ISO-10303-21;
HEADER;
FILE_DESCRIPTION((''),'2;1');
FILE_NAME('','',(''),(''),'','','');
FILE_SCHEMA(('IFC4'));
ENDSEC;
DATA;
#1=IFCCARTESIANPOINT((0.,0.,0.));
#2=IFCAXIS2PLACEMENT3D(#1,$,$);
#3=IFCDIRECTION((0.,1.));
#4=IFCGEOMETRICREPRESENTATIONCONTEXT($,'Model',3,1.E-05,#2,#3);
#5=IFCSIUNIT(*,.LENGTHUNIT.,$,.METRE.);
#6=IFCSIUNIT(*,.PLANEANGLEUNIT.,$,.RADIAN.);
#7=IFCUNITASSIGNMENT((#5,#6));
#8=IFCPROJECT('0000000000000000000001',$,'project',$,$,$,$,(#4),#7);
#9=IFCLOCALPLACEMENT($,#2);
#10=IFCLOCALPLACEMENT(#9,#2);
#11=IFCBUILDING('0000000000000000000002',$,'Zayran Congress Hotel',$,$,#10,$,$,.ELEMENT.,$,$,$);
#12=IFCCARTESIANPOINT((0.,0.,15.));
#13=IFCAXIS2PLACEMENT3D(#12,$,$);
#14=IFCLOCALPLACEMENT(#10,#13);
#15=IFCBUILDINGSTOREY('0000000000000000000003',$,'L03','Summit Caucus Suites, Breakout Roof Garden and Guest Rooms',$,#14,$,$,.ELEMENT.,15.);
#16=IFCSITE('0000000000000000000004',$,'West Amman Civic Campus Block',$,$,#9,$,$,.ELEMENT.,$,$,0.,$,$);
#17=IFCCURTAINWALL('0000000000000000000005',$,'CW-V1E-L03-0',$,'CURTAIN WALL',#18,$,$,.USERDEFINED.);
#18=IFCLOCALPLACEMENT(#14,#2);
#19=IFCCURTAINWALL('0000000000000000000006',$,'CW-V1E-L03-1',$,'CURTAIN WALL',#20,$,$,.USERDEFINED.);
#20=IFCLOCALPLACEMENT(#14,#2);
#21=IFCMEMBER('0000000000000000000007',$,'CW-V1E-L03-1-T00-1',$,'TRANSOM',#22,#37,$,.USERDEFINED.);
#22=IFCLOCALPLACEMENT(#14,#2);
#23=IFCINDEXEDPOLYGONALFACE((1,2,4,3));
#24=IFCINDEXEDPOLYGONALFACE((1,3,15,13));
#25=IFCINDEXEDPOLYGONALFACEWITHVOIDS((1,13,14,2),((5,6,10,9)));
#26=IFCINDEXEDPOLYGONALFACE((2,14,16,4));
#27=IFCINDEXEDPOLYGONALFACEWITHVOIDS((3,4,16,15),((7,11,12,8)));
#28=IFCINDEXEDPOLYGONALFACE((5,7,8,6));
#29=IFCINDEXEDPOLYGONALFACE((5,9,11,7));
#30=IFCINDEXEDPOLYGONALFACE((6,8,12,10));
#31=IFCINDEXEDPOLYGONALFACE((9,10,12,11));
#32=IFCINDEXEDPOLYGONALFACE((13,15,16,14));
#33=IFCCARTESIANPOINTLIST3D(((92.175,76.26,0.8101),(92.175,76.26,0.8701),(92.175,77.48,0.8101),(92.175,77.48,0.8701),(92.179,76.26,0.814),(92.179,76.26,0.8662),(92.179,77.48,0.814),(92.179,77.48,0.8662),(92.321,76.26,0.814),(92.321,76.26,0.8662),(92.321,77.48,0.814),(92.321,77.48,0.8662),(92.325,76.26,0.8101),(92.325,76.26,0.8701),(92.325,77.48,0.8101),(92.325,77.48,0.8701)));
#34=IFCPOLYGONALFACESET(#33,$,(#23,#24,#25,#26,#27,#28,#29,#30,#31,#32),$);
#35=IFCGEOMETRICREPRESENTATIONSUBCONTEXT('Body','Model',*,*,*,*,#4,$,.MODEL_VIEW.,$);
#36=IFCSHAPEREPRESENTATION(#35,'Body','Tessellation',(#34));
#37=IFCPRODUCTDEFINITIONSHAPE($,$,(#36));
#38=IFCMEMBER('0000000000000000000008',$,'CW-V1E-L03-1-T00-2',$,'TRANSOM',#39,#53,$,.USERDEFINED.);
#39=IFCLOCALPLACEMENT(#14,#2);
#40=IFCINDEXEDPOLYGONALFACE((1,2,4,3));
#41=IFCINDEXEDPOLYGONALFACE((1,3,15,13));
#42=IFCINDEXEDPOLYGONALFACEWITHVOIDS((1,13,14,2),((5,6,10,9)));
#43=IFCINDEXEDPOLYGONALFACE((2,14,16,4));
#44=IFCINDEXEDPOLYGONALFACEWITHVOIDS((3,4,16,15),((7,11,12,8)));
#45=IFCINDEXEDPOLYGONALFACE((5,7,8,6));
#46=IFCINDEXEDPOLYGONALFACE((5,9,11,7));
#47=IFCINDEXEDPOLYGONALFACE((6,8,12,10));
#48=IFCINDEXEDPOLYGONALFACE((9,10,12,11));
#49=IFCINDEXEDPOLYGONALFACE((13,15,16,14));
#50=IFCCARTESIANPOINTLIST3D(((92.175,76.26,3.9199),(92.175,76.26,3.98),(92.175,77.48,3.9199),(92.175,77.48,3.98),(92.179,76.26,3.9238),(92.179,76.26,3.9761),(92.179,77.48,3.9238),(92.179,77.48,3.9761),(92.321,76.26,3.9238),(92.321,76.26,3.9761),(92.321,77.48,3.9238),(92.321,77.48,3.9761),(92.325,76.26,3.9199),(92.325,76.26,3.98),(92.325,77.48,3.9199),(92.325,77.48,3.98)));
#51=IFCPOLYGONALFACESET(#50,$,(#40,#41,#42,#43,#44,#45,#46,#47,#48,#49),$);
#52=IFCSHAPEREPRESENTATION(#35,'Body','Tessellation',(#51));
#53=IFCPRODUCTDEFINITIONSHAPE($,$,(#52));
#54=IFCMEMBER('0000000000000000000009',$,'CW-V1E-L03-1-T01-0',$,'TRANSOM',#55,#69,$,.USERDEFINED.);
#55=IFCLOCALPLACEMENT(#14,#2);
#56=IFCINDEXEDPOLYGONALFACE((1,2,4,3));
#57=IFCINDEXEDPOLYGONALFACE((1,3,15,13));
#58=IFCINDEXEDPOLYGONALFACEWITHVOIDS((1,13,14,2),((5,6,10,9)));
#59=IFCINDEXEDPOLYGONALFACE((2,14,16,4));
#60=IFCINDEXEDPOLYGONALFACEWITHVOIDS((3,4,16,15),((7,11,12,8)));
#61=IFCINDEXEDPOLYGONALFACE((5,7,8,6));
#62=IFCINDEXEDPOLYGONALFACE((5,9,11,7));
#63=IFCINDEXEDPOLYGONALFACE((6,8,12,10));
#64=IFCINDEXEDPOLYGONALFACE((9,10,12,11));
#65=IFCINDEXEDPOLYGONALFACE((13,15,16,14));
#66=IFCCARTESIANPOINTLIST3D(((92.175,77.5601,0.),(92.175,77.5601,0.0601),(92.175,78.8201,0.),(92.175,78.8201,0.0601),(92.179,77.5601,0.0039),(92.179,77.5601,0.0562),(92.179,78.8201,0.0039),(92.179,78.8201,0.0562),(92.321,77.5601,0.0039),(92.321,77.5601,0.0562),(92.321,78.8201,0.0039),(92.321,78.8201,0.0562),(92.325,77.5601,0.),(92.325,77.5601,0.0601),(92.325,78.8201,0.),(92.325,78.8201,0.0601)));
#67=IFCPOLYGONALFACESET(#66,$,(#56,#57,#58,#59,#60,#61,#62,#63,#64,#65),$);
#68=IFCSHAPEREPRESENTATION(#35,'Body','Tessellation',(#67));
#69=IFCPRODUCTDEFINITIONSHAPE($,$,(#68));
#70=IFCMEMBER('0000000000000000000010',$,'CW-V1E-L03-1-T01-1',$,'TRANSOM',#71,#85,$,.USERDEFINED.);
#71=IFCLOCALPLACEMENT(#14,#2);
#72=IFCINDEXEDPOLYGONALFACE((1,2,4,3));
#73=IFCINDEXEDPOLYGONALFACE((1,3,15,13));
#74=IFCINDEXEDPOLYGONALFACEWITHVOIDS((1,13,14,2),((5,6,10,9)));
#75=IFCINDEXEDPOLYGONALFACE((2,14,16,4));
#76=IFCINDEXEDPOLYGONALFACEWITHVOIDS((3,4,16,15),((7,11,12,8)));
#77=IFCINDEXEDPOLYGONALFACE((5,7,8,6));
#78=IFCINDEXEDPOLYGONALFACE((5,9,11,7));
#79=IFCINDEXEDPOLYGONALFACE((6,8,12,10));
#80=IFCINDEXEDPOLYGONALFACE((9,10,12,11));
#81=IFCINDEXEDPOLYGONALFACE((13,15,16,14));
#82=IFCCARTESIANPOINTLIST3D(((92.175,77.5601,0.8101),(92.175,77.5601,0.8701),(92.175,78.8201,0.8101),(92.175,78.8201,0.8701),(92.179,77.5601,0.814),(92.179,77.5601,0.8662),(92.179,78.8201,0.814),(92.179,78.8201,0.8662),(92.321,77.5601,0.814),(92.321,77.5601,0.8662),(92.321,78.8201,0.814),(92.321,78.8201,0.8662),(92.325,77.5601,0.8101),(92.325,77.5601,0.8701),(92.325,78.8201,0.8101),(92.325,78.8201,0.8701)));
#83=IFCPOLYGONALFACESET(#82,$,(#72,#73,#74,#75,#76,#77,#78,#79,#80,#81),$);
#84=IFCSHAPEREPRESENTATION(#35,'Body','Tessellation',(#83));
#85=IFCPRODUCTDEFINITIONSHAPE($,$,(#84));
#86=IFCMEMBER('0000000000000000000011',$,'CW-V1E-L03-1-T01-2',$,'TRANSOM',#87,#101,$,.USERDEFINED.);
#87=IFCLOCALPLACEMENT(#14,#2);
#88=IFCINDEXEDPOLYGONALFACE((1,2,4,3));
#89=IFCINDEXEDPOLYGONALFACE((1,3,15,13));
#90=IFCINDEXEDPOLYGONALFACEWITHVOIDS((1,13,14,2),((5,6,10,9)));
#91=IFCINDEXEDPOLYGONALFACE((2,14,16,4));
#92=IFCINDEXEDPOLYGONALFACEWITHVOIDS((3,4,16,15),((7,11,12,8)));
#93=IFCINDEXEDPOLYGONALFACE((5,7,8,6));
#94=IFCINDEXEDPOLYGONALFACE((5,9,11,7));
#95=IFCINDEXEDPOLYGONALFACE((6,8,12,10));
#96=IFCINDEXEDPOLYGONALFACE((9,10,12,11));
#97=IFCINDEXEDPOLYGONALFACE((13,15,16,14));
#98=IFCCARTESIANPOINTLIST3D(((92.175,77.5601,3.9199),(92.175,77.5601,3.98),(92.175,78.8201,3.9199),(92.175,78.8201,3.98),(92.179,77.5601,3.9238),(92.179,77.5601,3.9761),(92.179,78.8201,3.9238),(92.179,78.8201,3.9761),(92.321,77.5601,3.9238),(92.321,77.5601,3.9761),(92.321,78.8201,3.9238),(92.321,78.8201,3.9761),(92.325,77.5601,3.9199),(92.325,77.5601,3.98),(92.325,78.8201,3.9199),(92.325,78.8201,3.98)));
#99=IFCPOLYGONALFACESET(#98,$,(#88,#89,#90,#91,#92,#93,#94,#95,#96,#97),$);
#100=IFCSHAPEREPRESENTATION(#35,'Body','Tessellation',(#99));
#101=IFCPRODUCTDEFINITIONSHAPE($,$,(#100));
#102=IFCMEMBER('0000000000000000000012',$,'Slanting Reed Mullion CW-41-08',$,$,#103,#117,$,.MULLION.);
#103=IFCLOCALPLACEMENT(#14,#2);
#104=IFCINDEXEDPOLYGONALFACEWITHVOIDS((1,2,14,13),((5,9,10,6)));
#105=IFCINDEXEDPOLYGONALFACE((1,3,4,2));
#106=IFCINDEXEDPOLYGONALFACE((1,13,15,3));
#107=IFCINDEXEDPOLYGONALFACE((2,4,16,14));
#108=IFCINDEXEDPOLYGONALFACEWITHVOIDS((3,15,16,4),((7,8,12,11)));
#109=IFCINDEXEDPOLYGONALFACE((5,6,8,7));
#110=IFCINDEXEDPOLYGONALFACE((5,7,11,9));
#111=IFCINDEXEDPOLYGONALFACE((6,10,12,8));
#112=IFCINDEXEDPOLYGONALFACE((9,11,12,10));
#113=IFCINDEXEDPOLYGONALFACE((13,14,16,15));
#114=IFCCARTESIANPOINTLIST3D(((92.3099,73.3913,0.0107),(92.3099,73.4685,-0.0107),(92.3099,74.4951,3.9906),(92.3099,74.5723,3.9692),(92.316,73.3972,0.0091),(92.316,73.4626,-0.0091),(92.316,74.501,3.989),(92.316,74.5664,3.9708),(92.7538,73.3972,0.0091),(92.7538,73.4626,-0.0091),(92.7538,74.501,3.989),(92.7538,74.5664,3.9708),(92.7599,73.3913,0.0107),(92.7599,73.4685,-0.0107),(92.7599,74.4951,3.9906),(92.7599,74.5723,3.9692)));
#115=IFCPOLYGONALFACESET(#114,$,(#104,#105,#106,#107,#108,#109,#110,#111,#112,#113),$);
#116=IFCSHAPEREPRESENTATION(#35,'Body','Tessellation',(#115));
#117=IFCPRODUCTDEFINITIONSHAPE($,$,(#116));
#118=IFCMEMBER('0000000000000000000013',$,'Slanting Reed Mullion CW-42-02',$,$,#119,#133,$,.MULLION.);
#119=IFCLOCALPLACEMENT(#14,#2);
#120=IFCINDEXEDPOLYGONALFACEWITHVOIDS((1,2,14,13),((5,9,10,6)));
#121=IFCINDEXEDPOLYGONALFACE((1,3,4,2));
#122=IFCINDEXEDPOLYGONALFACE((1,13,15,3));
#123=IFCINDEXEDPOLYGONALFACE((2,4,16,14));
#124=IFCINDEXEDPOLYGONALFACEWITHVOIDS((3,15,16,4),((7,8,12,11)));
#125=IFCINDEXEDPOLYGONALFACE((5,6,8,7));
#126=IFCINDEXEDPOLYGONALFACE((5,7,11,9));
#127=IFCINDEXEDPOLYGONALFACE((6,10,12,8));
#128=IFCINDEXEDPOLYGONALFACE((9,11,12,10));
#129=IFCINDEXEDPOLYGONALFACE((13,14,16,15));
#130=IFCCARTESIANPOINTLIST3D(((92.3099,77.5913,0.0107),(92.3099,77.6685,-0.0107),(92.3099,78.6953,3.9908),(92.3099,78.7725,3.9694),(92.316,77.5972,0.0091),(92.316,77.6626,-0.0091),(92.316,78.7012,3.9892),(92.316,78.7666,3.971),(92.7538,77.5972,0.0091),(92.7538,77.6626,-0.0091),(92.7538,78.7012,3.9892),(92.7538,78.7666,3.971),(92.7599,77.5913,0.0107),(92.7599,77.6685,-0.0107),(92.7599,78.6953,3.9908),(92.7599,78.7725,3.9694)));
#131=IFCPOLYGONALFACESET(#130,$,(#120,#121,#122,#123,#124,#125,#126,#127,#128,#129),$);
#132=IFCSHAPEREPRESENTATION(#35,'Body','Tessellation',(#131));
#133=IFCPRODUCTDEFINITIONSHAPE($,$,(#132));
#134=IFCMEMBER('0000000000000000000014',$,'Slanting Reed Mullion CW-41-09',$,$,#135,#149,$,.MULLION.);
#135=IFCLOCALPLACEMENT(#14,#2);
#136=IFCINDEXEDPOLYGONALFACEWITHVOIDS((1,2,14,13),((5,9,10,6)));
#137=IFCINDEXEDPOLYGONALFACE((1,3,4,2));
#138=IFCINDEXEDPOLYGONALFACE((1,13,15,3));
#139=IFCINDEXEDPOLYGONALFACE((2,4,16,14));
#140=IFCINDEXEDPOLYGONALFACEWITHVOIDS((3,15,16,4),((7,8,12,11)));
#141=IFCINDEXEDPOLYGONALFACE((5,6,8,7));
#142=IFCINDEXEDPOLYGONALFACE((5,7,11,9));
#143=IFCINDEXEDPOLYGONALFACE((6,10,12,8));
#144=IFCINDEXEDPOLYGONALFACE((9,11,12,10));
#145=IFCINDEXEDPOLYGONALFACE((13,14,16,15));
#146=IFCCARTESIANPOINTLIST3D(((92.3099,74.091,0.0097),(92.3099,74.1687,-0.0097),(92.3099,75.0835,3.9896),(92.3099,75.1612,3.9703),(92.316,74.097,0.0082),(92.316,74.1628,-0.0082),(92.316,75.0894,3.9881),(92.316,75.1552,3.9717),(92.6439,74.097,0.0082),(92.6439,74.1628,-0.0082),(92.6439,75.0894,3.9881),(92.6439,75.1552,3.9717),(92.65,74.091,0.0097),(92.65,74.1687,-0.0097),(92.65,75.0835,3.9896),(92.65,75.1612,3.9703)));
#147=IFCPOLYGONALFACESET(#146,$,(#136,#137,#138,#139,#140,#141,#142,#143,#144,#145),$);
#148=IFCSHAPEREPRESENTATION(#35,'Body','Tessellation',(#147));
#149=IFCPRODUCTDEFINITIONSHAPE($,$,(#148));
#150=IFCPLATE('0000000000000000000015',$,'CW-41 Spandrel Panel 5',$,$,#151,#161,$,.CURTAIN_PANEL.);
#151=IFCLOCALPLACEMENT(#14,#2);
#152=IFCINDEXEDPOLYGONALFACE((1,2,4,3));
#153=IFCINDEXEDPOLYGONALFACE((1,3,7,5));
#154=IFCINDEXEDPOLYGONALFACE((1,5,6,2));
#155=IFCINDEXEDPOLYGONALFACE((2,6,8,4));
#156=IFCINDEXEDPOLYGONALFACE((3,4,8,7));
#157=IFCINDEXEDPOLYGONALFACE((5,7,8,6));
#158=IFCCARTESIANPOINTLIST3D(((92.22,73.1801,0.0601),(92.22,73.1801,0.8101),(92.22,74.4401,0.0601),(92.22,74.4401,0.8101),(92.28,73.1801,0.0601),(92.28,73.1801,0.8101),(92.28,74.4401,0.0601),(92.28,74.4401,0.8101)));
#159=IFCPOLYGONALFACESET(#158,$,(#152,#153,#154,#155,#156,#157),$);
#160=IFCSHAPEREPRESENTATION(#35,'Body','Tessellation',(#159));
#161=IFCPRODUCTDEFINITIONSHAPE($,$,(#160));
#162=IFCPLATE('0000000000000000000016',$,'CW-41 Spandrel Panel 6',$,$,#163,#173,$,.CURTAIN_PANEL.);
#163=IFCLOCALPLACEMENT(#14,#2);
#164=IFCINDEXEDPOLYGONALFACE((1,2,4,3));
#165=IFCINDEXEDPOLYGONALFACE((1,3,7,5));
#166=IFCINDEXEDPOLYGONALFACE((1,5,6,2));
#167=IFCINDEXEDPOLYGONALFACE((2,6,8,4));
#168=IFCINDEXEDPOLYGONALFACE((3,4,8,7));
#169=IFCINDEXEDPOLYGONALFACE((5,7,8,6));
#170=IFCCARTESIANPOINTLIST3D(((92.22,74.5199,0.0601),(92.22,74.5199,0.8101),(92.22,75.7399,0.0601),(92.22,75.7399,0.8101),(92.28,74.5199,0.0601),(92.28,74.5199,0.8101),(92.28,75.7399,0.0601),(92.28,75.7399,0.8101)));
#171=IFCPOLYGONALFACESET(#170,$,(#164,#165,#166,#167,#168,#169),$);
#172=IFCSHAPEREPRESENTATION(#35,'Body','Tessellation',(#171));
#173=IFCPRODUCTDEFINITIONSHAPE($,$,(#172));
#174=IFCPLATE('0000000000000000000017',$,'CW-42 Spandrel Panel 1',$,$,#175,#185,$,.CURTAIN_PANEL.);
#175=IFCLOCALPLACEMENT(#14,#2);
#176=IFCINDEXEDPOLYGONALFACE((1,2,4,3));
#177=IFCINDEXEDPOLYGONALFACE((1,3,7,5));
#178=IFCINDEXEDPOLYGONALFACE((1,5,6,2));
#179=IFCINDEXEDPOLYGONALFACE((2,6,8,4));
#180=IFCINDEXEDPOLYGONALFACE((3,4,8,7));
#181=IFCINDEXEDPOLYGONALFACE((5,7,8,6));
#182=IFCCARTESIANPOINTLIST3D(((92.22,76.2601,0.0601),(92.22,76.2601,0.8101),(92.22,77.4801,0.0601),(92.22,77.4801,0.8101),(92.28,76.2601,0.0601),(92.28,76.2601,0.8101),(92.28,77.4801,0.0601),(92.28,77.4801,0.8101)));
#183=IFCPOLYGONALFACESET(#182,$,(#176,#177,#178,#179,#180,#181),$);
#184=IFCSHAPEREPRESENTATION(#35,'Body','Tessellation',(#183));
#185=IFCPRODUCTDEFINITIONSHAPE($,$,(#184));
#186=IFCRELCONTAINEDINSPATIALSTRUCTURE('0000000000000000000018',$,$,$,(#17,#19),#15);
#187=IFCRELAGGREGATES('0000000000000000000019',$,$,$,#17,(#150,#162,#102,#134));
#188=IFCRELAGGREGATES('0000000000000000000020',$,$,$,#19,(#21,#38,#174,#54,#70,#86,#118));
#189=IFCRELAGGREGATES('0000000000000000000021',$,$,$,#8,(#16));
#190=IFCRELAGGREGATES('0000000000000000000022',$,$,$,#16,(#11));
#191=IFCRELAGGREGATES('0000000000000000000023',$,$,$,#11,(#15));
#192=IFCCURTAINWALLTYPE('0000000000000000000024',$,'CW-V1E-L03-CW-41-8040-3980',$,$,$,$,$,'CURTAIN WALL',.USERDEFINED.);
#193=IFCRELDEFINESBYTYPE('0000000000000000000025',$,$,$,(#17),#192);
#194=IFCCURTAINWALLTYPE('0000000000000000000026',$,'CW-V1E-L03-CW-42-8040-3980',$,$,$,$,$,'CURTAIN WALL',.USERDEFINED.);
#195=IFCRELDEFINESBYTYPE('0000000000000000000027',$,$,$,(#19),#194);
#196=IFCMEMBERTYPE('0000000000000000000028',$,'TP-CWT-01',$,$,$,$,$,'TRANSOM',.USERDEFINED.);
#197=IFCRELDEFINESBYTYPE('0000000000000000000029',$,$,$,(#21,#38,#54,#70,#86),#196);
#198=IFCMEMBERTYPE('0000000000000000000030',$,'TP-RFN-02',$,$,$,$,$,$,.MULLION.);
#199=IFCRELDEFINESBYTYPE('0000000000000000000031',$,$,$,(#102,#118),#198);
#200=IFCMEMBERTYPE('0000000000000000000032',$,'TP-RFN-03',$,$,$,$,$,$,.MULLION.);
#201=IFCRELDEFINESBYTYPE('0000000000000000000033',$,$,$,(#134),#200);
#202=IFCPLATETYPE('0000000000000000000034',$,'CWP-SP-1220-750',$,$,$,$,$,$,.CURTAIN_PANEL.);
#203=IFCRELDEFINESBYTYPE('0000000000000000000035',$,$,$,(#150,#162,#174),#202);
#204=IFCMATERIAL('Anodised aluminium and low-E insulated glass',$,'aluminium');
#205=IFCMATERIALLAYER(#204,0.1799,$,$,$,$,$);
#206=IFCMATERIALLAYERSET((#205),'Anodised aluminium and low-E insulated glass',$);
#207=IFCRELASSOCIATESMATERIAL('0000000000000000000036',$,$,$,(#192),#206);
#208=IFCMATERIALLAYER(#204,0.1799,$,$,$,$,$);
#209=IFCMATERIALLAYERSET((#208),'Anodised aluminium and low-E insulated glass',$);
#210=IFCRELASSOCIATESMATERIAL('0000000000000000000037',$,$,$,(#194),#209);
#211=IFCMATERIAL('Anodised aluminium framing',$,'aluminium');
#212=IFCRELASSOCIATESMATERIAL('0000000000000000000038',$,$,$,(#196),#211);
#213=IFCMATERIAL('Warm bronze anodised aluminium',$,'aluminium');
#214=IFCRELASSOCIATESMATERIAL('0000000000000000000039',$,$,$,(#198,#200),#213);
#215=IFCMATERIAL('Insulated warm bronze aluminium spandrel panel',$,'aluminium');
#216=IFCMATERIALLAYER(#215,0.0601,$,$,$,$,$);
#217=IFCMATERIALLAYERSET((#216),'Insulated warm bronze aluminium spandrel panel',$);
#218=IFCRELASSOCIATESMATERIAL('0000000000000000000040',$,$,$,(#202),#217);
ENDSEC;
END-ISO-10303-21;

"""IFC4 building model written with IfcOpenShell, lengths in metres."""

from ifc_helpers import new_model, si_unit, direction, frame, origin, origin_2d, place, context, subcontext, project, spatial, rectangle, hollow_rectangle, extrude, material, layer, layer_set, material_profile, profile_set, type_object, element, aggregate, save


model = new_model("IFC4")

# Units and contexts
model_context = context("Model", 3, precision=1e-05, world=origin(), true_north=direction((0.0, 1.0)))
body_context = subcontext(model_context, "Body", "Model", "MODEL_VIEW")
ifc_project = project(units=[si_unit("LENGTHUNIT", "METRE"), si_unit("PLANEANGLEUNIT", "RADIAN")], contexts=[model_context])

# Site, building, storey
site_placement = place(None, origin())
site = spatial("IfcSite", under=ifc_project, at=site_placement, Name="West Amman Civic Campus Block", CompositionType="ELEMENT", RefElevation=0.0)
building_placement = place(site_placement, origin())
building = spatial("IfcBuilding", under=site, at=building_placement, Name="Zayran Congress Hotel", CompositionType="ELEMENT")
storey_placement = place(building_placement, frame((0.0, 0.0, 15.0)))
storey = spatial("IfcBuildingStorey", under=building, at=storey_placement, Name="L03", Description="Summit Caucus Suites, Breakout Roof Garden and Guest Rooms", CompositionType="ELEMENT", Elevation=15.0)

# Curtain walls
ifc_material_1 = material(Name="Anodised aluminium and low-E insulated glass", Category="aluminium")
ifc_layer_1 = layer(ifc_material_1, 0.1799)
ifc_layer_set_1 = layer_set([ifc_layer_1], Name="Anodised aluminium and low-E insulated glass")
curtain_wall_type_1 = type_object("IfcCurtainWallType", Name="CW-V1E-L03-CW-41-8040-3980", ElementType="CURTAIN WALL", PredefinedType="USERDEFINED", material=ifc_layer_set_1)
curtain_wall_1_placement = place(storey_placement, origin())
curtain_wall_1 = element("IfcCurtainWall", 1, at=curtain_wall_1_placement, inside=storey, type_object=curtain_wall_type_1, Name="CW-V1E-L03-0", ObjectType="CURTAIN WALL", PredefinedType="USERDEFINED")
ifc_material_2 = material(Name="Anodised aluminium framing", Category="aluminium")
ifc_layer_2 = layer(ifc_material_1, 0.1799)
ifc_layer_set_2 = layer_set([ifc_layer_2], Name="Anodised aluminium and low-E insulated glass")
curtain_wall_type_2 = type_object("IfcCurtainWallType", Name="CW-V1E-L03-CW-42-8040-3980", ElementType="CURTAIN WALL", PredefinedType="USERDEFINED", material=ifc_layer_set_2)
curtain_wall_2_placement = place(storey_placement, origin())
curtain_wall_2 = element("IfcCurtainWall", 2, at=curtain_wall_2_placement, inside=storey, type_object=curtain_wall_type_2, Name="CW-V1E-L03-1", ObjectType="CURTAIN WALL", PredefinedType="USERDEFINED")

# Members
ifc_material_profile_1 = material_profile(ifc_material_2, hollow_rectangle(XDim=0.0601, YDim=0.1499, WallThickness=0.0039, at=origin_2d()), Name="RHS 150x60x4")
ifc_profile_set_1 = profile_set([ifc_material_profile_1], Name="Anodised aluminium framing")
member_type_1 = type_object("IfcMemberType", Name="TP-CWT-01", ElementType="TRANSOM", PredefinedType="USERDEFINED", material=ifc_profile_set_1)
member_1_placement = place(storey_placement, frame((92.25, 76.26, 0.8401), z_axis=(0.0, 1.0, 0.0), x_axis=(0.0, 0.0, 1.0)))
member_1 = element("IfcMember", 3, at=member_1_placement, type_object=member_type_1, Name="CW-V1E-L03-1-T00-1", ObjectType="TRANSOM", PredefinedType="USERDEFINED", context=body_context, shape_type="SweptSolid", body=[
    extrude(hollow_rectangle(XDim=0.0601, YDim=0.1499, WallThickness=0.0039, at=origin_2d()), origin(), (0.0, 0.0, 1.0), 1.22),
])
member_2_placement = place(storey_placement, frame((92.25, 76.26, 3.95), z_axis=(0.0, 1.0, 0.0), x_axis=(0.0, 0.0, 1.0)))
member_2 = element("IfcMember", 4, at=member_2_placement, type_object=member_type_1, Name="CW-V1E-L03-1-T00-2", ObjectType="TRANSOM", PredefinedType="USERDEFINED", context=body_context, shape_type="SweptSolid", body=[
    extrude(hollow_rectangle(XDim=0.0601, YDim=0.1499, WallThickness=0.0039, at=origin_2d()), origin(), (0.0, 0.0, 1.0), 1.22),
])
member_3_placement = place(storey_placement, frame((92.25, 77.5601, 0.03), z_axis=(0.0, 1.0, 0.0), x_axis=(0.0, 0.0, 1.0)))
member_3 = element("IfcMember", 5, at=member_3_placement, type_object=member_type_1, Name="CW-V1E-L03-1-T01-0", ObjectType="TRANSOM", PredefinedType="USERDEFINED", context=body_context, shape_type="SweptSolid", body=[
    extrude(hollow_rectangle(XDim=0.0601, YDim=0.1499, WallThickness=0.0039, at=origin_2d()), origin(), (0.0, 0.0, 1.0), 1.26),
])
member_4_placement = place(storey_placement, frame((92.25, 77.5601, 0.8401), z_axis=(0.0, 1.0, 0.0), x_axis=(0.0, 0.0, 1.0)))
member_4 = element("IfcMember", 6, at=member_4_placement, type_object=member_type_1, Name="CW-V1E-L03-1-T01-1", ObjectType="TRANSOM", PredefinedType="USERDEFINED", context=body_context, shape_type="SweptSolid", body=[
    extrude(hollow_rectangle(XDim=0.0601, YDim=0.1499, WallThickness=0.0039, at=origin_2d()), origin(), (0.0, 0.0, 1.0), 1.26),
])
member_5_placement = place(storey_placement, frame((92.25, 77.5601, 3.95), z_axis=(0.0, 1.0, 0.0), x_axis=(0.0, 0.0, 1.0)))
member_5 = element("IfcMember", 7, at=member_5_placement, type_object=member_type_1, Name="CW-V1E-L03-1-T01-2", ObjectType="TRANSOM", PredefinedType="USERDEFINED", context=body_context, shape_type="SweptSolid", body=[
    extrude(hollow_rectangle(XDim=0.0601, YDim=0.1499, WallThickness=0.0039, at=origin_2d()), origin(), (0.0, 0.0, 1.0), 1.26),
])
ifc_material_3 = material(Name="Warm bronze anodised aluminium", Category="aluminium")
ifc_material_profile_2 = material_profile(ifc_material_3, hollow_rectangle(XDim=0.0801, YDim=0.45, WallThickness=0.0061, at=origin_2d()), Name="RHS 450x80x6")
ifc_profile_set_2 = profile_set([ifc_material_profile_2], Name="Warm bronze anodised aluminium")
member_type_2 = type_object("IfcMemberType", Name="TP-RFN-02", PredefinedType="MULLION", material=ifc_profile_set_2)
member_6_placement = place(storey_placement, frame((92.5349, 73.4299, 0.0), z_axis=(0.0, 0.267241, 0.96363), x_axis=(0.0, -0.96363, 0.267241)))
member_6 = element("IfcMember", 8, at=member_6_placement, type_object=member_type_2, Name="Slanting Reed Mullion CW-41-08", PredefinedType="MULLION", context=body_context, shape_type="SweptSolid", body=[
    extrude(hollow_rectangle(XDim=0.0801, YDim=0.45, WallThickness=0.0061, at=origin_2d()), origin(), (0.0, 0.0, 1.0), 4.1301),
])
member_7_placement = place(storey_placement, frame((92.5349, 77.6299, 0.0), z_axis=(0.0, 0.267296, 0.963614), x_axis=(0.0, -0.963614, 0.267296)))
member_7 = element("IfcMember", 9, at=member_7_placement, type_object=member_type_2, Name="Slanting Reed Mullion CW-42-02", PredefinedType="MULLION", context=body_context, shape_type="SweptSolid", body=[
    extrude(hollow_rectangle(XDim=0.0801, YDim=0.45, WallThickness=0.0061, at=origin_2d()), origin(), (0.0, 0.0, 1.0), 4.1304),
])
ifc_material_profile_3 = material_profile(ifc_material_3, hollow_rectangle(XDim=0.0801, YDim=0.3401, WallThickness=0.0061, at=origin_2d()), Name="RHS 340x80x6")
ifc_profile_set_3 = profile_set([ifc_material_profile_3], Name="Warm bronze anodised aluminium")
member_type_3 = type_object("IfcMemberType", Name="TP-RFN-03", PredefinedType="MULLION", material=ifc_profile_set_3)
member_8_placement = place(storey_placement, frame((92.48, 74.1299, 0.0), z_axis=(0.0, 0.241947, 0.970289), x_axis=(0.0, -0.970289, 0.241947)))
member_8 = element("IfcMember", 10, at=member_8_placement, type_object=member_type_3, Name="Slanting Reed Mullion CW-41-09", PredefinedType="MULLION", context=body_context, shape_type="SweptSolid", body=[
    extrude(hollow_rectangle(XDim=0.0801, YDim=0.3401, WallThickness=0.0061, at=origin_2d()), origin(), (0.0, 0.0, 1.0), 4.1018),
])

# Plates
ifc_material_4 = material(Name="Insulated warm bronze aluminium spandrel panel", Category="aluminium")
ifc_layer_3 = layer(ifc_material_4, 0.0601)
ifc_layer_set_3 = layer_set([ifc_layer_3], Name="Insulated warm bronze aluminium spandrel panel")
plate_type_1 = type_object("IfcPlateType", Name="CWP-SP-1220-750", PredefinedType="CURTAIN_PANEL", material=ifc_layer_set_3)
plate_1_placement = place(storey_placement, frame((92.25, 73.8101, 0.0601), z_axis=(0.0, 0.0, 1.0), x_axis=(0.0, 1.0, 0.0)))
plate_1 = element("IfcPlate", 11, at=plate_1_placement, type_object=plate_type_1, Name="CW-41 Spandrel Panel 5", PredefinedType="CURTAIN_PANEL", context=body_context, shape_type="SweptSolid", body=[
    extrude(rectangle(XDim=1.26, YDim=0.0601, at=origin_2d()), origin(), (0.0, 0.0, 1.0), 0.75),
])
plate_2_placement = place(storey_placement, frame((92.25, 75.1299, 0.0601), z_axis=(0.0, 0.0, 1.0), x_axis=(0.0, 1.0, 0.0)))
plate_2 = element("IfcPlate", 12, at=plate_2_placement, type_object=plate_type_1, Name="CW-41 Spandrel Panel 6", PredefinedType="CURTAIN_PANEL", context=body_context, shape_type="SweptSolid", body=[
    extrude(rectangle(XDim=1.22, YDim=0.0601, at=origin_2d()), origin(), (0.0, 0.0, 1.0), 0.75),
])
plate_3_placement = place(storey_placement, frame((92.25, 76.8701, 0.0601), z_axis=(0.0, 0.0, 1.0), x_axis=(0.0, 1.0, 0.0)))
plate_3 = element("IfcPlate", 13, at=plate_3_placement, type_object=plate_type_1, Name="CW-42 Spandrel Panel 1", PredefinedType="CURTAIN_PANEL", context=body_context, shape_type="SweptSolid", body=[
    extrude(rectangle(XDim=1.22, YDim=0.0601, at=origin_2d()), origin(), (0.0, 0.0, 1.0), 0.75),
])
aggregate(curtain_wall_1, [plate_1, plate_2, member_6, member_8])
aggregate(curtain_wall_2, [member_1, member_2, plate_3, member_3, member_4, member_5, member_7])

save(model, "model.ifc")
